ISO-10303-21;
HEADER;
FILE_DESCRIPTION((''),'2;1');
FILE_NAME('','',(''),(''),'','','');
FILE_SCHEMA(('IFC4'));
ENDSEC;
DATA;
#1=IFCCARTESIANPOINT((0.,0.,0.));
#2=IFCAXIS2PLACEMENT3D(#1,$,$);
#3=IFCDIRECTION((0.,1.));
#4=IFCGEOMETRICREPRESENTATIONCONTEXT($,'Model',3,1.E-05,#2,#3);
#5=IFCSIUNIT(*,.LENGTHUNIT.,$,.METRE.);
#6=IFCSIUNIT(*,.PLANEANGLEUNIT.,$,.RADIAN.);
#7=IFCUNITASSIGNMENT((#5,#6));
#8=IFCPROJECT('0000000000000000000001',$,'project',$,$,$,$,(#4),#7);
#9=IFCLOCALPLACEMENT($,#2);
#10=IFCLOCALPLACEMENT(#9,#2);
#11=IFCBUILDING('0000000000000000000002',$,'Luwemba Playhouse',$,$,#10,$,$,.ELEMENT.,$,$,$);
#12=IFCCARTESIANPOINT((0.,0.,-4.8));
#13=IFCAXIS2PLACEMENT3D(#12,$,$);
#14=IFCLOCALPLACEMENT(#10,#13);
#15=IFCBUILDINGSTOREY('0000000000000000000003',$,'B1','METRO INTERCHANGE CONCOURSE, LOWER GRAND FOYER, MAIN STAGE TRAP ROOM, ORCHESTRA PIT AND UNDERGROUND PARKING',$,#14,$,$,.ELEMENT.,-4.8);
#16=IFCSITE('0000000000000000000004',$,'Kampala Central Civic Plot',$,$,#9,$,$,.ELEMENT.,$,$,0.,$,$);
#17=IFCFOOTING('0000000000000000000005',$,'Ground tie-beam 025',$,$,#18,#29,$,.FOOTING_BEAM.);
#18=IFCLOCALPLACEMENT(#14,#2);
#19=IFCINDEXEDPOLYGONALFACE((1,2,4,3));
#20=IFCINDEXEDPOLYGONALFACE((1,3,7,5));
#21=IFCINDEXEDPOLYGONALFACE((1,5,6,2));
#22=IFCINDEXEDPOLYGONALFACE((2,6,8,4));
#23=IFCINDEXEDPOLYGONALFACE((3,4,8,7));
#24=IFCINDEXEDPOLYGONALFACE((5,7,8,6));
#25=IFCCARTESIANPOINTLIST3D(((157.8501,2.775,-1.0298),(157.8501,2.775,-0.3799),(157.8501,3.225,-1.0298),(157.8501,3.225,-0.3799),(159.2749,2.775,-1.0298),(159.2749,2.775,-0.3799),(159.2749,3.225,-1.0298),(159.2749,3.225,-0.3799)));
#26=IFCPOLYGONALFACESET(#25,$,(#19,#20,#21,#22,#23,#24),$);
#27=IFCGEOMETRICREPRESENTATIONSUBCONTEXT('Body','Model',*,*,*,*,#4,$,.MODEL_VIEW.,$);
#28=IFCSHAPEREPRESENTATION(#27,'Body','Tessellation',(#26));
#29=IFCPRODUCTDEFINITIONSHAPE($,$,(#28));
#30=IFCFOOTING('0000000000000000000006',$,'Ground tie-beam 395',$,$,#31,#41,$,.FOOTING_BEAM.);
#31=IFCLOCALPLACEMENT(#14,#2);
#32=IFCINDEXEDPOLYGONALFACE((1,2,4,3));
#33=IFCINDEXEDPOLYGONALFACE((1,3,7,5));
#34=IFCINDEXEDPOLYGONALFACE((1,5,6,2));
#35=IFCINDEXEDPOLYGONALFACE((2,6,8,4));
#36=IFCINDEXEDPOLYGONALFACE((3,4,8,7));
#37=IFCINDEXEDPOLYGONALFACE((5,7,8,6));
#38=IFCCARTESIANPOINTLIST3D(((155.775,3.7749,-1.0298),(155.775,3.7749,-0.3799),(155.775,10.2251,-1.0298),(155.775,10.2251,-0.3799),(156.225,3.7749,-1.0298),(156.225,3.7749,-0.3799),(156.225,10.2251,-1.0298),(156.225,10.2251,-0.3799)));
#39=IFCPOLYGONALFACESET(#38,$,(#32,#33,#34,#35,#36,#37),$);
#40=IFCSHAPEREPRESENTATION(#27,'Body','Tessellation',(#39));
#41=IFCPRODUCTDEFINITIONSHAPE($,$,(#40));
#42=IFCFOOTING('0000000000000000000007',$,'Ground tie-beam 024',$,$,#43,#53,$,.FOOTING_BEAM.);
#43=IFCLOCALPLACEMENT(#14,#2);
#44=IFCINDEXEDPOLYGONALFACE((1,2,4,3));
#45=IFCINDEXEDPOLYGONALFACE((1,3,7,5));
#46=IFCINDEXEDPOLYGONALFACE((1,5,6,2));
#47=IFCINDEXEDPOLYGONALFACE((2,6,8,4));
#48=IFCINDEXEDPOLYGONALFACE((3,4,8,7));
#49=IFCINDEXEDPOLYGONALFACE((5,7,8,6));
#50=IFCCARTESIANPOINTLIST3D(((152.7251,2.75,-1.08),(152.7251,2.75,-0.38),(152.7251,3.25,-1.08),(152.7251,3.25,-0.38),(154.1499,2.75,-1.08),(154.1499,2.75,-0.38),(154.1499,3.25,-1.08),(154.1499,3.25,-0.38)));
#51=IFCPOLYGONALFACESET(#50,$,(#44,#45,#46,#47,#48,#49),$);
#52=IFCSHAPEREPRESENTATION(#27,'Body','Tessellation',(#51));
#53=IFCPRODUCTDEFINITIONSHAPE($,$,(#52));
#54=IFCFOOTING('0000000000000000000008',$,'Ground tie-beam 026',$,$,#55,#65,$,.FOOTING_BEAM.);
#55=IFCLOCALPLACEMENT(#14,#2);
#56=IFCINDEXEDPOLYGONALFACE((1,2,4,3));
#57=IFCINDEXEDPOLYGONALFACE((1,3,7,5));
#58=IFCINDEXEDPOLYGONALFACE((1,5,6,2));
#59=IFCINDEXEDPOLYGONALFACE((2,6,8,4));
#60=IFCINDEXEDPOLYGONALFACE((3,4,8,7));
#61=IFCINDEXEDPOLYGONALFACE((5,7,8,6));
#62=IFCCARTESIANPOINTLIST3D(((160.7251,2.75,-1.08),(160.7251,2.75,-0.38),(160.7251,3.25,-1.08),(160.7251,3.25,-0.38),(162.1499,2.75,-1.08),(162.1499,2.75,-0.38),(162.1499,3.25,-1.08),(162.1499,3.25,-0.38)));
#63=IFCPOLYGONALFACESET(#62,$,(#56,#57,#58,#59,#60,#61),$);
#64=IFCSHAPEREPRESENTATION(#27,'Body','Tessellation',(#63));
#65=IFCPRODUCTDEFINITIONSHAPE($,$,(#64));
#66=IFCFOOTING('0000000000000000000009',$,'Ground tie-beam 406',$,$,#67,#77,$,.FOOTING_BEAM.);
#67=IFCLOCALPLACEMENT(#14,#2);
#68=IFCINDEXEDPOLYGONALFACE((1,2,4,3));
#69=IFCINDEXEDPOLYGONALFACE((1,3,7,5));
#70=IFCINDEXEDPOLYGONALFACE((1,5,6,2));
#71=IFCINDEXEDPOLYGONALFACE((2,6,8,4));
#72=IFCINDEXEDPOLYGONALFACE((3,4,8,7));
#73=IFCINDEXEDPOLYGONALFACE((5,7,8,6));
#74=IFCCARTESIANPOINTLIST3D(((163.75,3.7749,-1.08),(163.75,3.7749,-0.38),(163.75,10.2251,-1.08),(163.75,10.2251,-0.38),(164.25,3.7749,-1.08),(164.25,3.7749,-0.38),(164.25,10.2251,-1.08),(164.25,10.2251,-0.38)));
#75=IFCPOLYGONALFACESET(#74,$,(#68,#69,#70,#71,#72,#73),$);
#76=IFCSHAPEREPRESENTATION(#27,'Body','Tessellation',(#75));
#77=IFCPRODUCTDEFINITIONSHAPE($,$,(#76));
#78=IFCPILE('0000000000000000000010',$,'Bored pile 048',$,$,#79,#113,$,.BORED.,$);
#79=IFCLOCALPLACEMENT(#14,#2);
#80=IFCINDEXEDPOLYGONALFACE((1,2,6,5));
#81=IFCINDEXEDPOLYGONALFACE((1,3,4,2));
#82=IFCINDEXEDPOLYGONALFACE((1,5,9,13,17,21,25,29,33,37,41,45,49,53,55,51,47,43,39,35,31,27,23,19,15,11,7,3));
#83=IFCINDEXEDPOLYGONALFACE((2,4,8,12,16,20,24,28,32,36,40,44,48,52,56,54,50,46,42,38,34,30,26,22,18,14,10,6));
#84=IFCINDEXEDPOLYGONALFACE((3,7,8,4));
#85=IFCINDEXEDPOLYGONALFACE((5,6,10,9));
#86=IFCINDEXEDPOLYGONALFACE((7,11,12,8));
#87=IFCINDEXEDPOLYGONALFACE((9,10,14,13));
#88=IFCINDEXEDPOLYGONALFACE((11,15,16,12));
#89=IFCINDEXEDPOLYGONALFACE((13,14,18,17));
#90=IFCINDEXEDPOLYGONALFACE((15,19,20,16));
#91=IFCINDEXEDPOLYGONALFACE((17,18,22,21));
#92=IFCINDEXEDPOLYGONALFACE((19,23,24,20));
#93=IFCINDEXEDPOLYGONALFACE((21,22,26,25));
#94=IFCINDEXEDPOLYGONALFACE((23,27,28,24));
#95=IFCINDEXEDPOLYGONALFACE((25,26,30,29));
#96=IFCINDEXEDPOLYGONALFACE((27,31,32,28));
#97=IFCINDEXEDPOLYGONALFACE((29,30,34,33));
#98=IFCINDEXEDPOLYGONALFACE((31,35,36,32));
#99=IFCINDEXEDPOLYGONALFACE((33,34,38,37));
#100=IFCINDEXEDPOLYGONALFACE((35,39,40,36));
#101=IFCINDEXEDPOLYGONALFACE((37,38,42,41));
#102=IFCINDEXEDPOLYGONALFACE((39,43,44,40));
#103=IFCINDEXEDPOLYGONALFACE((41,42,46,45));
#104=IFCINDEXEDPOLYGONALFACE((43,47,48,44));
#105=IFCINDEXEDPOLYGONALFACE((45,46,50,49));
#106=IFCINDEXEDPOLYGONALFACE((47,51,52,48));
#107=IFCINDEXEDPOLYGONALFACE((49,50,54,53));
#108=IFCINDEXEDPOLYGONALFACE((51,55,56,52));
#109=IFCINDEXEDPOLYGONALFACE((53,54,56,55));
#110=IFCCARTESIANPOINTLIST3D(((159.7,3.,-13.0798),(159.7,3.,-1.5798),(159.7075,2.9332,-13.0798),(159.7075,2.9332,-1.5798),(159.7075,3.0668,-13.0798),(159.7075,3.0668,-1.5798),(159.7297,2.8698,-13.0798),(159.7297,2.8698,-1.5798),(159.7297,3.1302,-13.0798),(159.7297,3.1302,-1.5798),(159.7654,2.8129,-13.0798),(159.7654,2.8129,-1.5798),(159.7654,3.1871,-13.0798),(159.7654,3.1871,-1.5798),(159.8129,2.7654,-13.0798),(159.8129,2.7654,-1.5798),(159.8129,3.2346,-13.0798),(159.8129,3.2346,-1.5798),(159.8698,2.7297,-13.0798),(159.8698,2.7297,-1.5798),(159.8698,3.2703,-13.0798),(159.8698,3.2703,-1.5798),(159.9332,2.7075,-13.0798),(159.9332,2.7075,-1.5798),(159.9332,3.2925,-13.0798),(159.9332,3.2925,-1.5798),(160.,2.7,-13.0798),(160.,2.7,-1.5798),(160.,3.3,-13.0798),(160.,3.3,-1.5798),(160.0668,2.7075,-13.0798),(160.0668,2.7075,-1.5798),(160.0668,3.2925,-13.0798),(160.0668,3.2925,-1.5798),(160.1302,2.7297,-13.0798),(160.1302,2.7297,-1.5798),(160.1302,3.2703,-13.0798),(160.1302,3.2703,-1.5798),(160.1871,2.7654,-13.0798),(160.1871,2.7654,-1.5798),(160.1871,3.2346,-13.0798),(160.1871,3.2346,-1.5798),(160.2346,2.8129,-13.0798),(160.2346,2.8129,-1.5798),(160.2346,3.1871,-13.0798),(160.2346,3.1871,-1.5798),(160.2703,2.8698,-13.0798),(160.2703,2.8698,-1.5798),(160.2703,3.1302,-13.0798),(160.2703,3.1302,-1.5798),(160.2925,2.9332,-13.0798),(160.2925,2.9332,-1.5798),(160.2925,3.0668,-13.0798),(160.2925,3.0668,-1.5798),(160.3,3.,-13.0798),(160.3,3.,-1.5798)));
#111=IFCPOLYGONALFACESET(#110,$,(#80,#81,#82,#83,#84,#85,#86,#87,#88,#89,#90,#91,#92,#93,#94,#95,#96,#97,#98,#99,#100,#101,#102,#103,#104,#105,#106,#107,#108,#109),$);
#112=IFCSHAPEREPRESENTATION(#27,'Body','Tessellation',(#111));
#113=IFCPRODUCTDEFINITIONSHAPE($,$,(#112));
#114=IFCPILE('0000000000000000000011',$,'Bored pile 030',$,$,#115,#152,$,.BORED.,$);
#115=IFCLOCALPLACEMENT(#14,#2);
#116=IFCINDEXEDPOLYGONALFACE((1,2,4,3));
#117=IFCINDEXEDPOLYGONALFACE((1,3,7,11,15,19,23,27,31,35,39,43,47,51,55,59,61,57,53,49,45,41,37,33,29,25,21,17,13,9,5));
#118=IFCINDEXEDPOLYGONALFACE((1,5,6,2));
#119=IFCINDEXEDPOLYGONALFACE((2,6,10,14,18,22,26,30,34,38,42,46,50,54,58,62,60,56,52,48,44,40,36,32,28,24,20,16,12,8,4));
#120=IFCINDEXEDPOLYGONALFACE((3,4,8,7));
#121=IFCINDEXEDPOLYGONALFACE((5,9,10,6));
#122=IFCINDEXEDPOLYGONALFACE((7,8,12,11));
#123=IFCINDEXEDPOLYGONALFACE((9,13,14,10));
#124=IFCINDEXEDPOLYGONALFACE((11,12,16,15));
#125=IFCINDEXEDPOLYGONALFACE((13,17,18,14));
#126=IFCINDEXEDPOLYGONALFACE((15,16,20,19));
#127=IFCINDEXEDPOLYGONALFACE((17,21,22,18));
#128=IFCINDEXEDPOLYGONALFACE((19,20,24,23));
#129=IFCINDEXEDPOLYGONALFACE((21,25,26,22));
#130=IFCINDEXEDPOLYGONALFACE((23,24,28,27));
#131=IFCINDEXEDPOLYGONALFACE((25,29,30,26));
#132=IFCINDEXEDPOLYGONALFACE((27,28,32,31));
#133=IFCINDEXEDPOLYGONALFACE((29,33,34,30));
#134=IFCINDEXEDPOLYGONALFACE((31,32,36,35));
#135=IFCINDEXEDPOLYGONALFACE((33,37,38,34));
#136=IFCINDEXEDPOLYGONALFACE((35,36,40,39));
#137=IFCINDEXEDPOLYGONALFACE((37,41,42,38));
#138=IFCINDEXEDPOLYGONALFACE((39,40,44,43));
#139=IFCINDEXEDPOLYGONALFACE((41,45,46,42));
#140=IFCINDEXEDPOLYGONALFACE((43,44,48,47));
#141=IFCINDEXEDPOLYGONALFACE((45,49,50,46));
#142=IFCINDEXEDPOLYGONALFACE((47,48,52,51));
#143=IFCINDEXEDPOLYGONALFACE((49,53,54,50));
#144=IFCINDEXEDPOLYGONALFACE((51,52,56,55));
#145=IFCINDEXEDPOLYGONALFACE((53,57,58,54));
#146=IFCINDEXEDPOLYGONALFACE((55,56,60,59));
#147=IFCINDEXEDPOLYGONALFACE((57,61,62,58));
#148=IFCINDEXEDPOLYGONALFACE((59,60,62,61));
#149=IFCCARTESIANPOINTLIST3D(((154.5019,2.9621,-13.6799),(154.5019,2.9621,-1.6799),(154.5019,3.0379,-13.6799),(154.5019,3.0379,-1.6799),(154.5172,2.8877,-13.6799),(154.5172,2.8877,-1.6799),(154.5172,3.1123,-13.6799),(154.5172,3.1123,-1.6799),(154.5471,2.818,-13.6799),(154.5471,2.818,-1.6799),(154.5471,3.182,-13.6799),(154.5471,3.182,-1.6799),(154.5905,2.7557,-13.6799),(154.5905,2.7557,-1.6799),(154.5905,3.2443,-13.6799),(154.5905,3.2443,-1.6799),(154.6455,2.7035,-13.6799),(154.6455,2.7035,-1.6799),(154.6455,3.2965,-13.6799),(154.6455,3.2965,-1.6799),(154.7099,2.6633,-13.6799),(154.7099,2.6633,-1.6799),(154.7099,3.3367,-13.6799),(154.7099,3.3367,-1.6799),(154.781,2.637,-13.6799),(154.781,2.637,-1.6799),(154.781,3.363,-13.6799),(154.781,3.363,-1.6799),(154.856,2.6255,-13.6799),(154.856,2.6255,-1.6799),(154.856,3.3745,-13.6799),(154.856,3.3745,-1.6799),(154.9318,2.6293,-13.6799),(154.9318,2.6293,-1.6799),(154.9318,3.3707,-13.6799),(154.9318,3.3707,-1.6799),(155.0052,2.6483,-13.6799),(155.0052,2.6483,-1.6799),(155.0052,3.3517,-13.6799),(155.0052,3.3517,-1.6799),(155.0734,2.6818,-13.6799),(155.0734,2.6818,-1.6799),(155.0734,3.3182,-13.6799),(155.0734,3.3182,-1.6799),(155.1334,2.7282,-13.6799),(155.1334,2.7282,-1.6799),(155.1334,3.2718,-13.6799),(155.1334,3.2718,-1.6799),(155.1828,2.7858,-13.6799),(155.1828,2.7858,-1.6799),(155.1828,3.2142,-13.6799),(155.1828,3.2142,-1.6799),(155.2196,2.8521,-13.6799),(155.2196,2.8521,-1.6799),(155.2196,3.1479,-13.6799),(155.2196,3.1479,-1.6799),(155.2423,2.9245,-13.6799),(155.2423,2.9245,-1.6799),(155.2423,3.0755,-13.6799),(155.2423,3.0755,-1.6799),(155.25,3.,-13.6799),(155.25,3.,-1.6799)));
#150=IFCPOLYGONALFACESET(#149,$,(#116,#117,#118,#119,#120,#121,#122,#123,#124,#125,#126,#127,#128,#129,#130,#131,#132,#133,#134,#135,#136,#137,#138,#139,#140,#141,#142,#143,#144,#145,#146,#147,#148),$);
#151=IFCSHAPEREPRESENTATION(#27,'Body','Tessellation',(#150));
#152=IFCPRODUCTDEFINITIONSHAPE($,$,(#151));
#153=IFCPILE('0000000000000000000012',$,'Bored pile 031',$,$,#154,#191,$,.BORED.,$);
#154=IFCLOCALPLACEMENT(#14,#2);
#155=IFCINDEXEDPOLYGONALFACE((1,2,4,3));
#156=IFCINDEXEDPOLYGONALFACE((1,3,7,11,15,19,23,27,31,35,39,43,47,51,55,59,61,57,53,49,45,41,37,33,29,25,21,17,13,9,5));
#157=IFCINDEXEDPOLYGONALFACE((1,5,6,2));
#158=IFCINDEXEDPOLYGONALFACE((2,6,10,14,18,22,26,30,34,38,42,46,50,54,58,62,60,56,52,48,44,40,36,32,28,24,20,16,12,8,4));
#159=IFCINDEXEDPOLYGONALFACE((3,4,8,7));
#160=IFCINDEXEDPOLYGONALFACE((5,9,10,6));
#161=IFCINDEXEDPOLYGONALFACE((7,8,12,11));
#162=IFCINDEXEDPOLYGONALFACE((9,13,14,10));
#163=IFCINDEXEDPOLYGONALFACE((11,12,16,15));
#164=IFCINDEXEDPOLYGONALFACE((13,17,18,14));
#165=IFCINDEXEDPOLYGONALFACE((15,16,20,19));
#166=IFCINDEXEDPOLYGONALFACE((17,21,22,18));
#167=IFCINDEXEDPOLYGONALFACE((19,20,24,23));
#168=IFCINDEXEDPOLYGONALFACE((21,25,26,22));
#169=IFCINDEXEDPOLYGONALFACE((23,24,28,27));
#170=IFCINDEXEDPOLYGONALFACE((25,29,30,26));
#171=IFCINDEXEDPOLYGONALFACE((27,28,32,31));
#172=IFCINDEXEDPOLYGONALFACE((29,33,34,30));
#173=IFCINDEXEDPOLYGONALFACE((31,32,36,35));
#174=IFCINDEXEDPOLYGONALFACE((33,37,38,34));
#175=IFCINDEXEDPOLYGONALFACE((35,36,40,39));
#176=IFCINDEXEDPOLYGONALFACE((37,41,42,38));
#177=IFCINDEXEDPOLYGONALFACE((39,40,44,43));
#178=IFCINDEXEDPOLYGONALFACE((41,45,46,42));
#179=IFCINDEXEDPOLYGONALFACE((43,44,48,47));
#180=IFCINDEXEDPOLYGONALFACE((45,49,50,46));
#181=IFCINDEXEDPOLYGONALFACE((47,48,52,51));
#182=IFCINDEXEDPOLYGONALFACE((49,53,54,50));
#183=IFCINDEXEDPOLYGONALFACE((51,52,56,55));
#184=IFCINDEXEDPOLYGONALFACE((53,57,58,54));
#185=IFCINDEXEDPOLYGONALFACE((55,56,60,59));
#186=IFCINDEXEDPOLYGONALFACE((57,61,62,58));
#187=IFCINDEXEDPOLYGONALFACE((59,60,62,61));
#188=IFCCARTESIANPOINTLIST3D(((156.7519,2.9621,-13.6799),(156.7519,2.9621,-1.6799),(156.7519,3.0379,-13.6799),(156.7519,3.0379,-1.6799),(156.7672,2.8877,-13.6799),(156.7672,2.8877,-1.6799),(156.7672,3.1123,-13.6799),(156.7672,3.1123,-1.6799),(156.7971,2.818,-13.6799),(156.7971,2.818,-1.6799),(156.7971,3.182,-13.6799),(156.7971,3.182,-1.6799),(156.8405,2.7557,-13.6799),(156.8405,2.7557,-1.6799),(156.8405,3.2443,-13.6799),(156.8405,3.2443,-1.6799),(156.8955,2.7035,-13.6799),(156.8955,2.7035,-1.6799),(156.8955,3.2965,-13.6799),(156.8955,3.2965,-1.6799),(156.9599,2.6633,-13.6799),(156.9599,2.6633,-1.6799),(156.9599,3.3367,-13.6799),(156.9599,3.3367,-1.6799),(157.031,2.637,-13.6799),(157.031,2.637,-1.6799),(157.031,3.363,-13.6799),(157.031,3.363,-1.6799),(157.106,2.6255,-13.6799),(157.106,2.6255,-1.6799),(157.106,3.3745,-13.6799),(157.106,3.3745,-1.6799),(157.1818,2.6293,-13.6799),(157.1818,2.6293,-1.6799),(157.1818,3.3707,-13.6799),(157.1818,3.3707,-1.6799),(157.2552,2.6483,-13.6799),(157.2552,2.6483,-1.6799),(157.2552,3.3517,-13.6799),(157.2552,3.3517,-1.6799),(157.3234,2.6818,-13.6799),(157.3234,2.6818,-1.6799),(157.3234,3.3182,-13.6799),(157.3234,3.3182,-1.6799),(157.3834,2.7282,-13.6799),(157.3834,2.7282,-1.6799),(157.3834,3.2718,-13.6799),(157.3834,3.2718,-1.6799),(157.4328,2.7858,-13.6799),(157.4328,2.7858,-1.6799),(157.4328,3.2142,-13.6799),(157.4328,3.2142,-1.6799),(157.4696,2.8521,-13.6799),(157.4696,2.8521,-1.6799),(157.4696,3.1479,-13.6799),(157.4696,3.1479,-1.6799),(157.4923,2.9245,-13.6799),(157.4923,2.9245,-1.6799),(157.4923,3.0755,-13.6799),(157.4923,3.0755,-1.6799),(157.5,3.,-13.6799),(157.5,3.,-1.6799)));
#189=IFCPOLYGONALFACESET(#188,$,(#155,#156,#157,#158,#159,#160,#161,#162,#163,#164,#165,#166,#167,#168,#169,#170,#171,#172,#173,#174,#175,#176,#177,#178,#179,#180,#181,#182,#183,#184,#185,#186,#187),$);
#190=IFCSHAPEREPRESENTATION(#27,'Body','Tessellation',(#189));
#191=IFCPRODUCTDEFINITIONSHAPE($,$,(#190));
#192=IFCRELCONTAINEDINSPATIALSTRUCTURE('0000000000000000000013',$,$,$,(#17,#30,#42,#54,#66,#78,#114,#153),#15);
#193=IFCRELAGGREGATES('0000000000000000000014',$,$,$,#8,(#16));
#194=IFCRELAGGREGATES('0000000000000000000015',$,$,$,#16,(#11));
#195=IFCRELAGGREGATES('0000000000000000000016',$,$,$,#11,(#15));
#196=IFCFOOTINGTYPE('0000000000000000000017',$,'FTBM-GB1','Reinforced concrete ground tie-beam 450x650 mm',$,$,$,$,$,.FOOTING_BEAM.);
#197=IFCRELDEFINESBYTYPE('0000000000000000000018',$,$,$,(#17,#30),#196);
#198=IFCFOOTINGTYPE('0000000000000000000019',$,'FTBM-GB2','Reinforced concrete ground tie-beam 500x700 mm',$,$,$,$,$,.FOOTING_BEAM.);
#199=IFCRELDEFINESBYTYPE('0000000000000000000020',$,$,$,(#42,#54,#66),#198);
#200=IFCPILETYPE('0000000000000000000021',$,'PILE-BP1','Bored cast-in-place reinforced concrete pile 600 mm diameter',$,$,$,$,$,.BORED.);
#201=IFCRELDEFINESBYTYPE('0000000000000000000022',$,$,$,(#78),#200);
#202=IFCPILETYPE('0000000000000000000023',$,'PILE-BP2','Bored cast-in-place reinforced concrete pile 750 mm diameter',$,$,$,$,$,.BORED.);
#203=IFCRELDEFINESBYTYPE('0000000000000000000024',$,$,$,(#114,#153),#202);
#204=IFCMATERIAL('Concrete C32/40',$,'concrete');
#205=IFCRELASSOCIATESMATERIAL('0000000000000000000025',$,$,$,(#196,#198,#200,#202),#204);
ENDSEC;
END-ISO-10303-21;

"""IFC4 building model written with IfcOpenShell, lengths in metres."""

from ifc_helpers import new_model, si_unit, direction, frame, origin, origin_2d, place, context, subcontext, project, spatial, rectangle, circle, extrude, material, material_profile, profile_set, type_object, element, save


model = new_model("IFC4")

# Units and contexts
model_context = context("Model", 3, precision=1e-05, world=origin(), true_north=direction((0.0, 1.0)))
body_context = subcontext(model_context, "Body", "Model", "MODEL_VIEW")
ifc_project = project(units=[si_unit("LENGTHUNIT", "METRE"), si_unit("PLANEANGLEUNIT", "RADIAN")], contexts=[model_context])

# Site, building, storey
site_placement = place(None, origin())
site = spatial("IfcSite", under=ifc_project, at=site_placement, Name="Kampala Central Civic Plot", CompositionType="ELEMENT", RefElevation=0.0)
building_placement = place(site_placement, origin())
building = spatial("IfcBuilding", under=site, at=building_placement, Name="Luwemba Playhouse", CompositionType="ELEMENT")
storey_placement = place(building_placement, frame((0.0, 0.0, -4.8)))
storey = spatial("IfcBuildingStorey", under=building, at=storey_placement, Name="B1", Description="METRO INTERCHANGE CONCOURSE, LOWER GRAND FOYER, MAIN STAGE TRAP ROOM, ORCHESTRA PIT AND UNDERGROUND PARKING", CompositionType="ELEMENT", Elevation=-4.8)

# Footings
ifc_material_1 = material(Name="Concrete C32/40", Category="concrete")
ifc_material_profile_1 = material_profile(ifc_material_1, rectangle(XDim=0.45, YDim=0.6499, at=origin_2d()))
ifc_profile_set_1 = profile_set([ifc_material_profile_1], Name="Concrete C32/40")
footing_type_1 = type_object("IfcFootingType", Name="FTBM-GB1", Description="Reinforced concrete ground tie-beam 450x650 mm", PredefinedType="FOOTING_BEAM", material=ifc_profile_set_1)
footing_1_placement = place(storey_placement, frame((157.8501, 3.0, -0.7048), z_axis=(1.0, 0.0, 0.0), x_axis=(0.0, 1.0, 0.0)))
element("IfcFooting", 1, at=footing_1_placement, inside=storey, type_object=footing_type_1, Name="Ground tie-beam 025", PredefinedType="FOOTING_BEAM", context=body_context, shape_type="SweptSolid", body=[
    extrude(rectangle(XDim=0.45, YDim=0.6499, at=origin_2d()), origin(), (0.0, 0.0, 1.0), 1.4248),
])
footing_2_placement = place(storey_placement, frame((156.0, 3.7749, -0.7048), z_axis=(0.0, 1.0, 0.0), x_axis=(-1.0, 0.0, 0.0)))
element("IfcFooting", 2, at=footing_2_placement, inside=storey, type_object=footing_type_1, Name="Ground tie-beam 395", PredefinedType="FOOTING_BEAM", context=body_context, shape_type="SweptSolid", body=[
    extrude(rectangle(XDim=0.45, YDim=0.6499, at=origin_2d()), origin(), (0.0, 0.0, 1.0), 6.4502),
])
ifc_material_profile_2 = material_profile(ifc_material_1, rectangle(XDim=0.5, YDim=0.7, at=origin_2d()))
ifc_profile_set_2 = profile_set([ifc_material_profile_2], Name="Concrete C32/40")
footing_type_2 = type_object("IfcFootingType", Name="FTBM-GB2", Description="Reinforced concrete ground tie-beam 500x700 mm", PredefinedType="FOOTING_BEAM", material=ifc_profile_set_2)
for number, where, z_axis, x_axis, name in (
    (3, (152.7251, 3.0, -0.73), (1.0, 0.0, 0.0), (0.0, 1.0, 0.0), "Ground tie-beam 024"),
    (4, (160.7251, 3.0, -0.73), (1.0, 0.0, 0.0), (0.0, 1.0, 0.0), "Ground tie-beam 026"),
):
    element("IfcFooting", number, at=place(storey_placement, frame(where, z_axis=z_axis, x_axis=x_axis)), inside=storey, type_object=footing_type_2, Name=name, PredefinedType="FOOTING_BEAM", context=body_context, shape_type="SweptSolid", body=[
        extrude(rectangle(XDim=0.5, YDim=0.7, at=origin_2d()), origin(), (0.0, 0.0, 1.0), 1.4248),
    ])
footing_3_placement = place(storey_placement, frame((164.0, 3.7749, -0.73), z_axis=(0.0, 1.0, 0.0), x_axis=(-1.0, 0.0, 0.0)))
element("IfcFooting", 5, at=footing_3_placement, inside=storey, type_object=footing_type_2, Name="Ground tie-beam 406", PredefinedType="FOOTING_BEAM", context=body_context, shape_type="SweptSolid", body=[
    extrude(rectangle(XDim=0.5, YDim=0.7, at=origin_2d()), origin(), (0.0, 0.0, 1.0), 6.4502),
])

# Piles
ifc_material_profile_3 = material_profile(ifc_material_1, circle(Radius=0.3, at=origin_2d()))
ifc_profile_set_3 = profile_set([ifc_material_profile_3], Name="Concrete C32/40")
pile_type_1 = type_object("IfcPileType", Name="PILE-BP1", Description="Bored cast-in-place reinforced concrete pile 600 mm diameter", PredefinedType="BORED", material=ifc_profile_set_3)
pile_placement = place(storey_placement, frame((160.0, 3.0, -1.5798), z_axis=(0.0, 0.0, -1.0), x_axis=(1.0, 0.0, 0.0)))
element("IfcPile", 6, at=pile_placement, inside=storey, type_object=pile_type_1, Name="Bored pile 048", PredefinedType="BORED", context=body_context, shape_type="SweptSolid", body=[
    extrude(circle(Radius=0.3, at=origin_2d()), origin(), (0.0, 0.0, 1.0), 11.5),
])
ifc_material_profile_4 = material_profile(ifc_material_1, circle(Radius=0.375, at=origin_2d()))
ifc_profile_set_4 = profile_set([ifc_material_profile_4], Name="Concrete C32/40")
pile_type_2 = type_object("IfcPileType", Name="PILE-BP2", Description="Bored cast-in-place reinforced concrete pile 750 mm diameter", PredefinedType="BORED", material=ifc_profile_set_4)
for number, where, z_axis, x_axis, name in (
    (7, (154.875, 3.0, -1.6799), (0.0, 0.0, -1.0), (1.0, 0.0, 0.0), "Bored pile 030"),
    (8, (157.125, 3.0, -1.6799), (0.0, 0.0, -1.0), (1.0, 0.0, 0.0), "Bored pile 031"),
):
    element("IfcPile", number, at=place(storey_placement, frame(where, z_axis=z_axis, x_axis=x_axis)), inside=storey, type_object=pile_type_2, Name=name, PredefinedType="BORED", context=body_context, shape_type="SweptSolid", body=[
        extrude(circle(Radius=0.375, at=origin_2d()), origin(), (0.0, 0.0, 1.0), 12.0),
    ])

save(model, "model.ifc")
